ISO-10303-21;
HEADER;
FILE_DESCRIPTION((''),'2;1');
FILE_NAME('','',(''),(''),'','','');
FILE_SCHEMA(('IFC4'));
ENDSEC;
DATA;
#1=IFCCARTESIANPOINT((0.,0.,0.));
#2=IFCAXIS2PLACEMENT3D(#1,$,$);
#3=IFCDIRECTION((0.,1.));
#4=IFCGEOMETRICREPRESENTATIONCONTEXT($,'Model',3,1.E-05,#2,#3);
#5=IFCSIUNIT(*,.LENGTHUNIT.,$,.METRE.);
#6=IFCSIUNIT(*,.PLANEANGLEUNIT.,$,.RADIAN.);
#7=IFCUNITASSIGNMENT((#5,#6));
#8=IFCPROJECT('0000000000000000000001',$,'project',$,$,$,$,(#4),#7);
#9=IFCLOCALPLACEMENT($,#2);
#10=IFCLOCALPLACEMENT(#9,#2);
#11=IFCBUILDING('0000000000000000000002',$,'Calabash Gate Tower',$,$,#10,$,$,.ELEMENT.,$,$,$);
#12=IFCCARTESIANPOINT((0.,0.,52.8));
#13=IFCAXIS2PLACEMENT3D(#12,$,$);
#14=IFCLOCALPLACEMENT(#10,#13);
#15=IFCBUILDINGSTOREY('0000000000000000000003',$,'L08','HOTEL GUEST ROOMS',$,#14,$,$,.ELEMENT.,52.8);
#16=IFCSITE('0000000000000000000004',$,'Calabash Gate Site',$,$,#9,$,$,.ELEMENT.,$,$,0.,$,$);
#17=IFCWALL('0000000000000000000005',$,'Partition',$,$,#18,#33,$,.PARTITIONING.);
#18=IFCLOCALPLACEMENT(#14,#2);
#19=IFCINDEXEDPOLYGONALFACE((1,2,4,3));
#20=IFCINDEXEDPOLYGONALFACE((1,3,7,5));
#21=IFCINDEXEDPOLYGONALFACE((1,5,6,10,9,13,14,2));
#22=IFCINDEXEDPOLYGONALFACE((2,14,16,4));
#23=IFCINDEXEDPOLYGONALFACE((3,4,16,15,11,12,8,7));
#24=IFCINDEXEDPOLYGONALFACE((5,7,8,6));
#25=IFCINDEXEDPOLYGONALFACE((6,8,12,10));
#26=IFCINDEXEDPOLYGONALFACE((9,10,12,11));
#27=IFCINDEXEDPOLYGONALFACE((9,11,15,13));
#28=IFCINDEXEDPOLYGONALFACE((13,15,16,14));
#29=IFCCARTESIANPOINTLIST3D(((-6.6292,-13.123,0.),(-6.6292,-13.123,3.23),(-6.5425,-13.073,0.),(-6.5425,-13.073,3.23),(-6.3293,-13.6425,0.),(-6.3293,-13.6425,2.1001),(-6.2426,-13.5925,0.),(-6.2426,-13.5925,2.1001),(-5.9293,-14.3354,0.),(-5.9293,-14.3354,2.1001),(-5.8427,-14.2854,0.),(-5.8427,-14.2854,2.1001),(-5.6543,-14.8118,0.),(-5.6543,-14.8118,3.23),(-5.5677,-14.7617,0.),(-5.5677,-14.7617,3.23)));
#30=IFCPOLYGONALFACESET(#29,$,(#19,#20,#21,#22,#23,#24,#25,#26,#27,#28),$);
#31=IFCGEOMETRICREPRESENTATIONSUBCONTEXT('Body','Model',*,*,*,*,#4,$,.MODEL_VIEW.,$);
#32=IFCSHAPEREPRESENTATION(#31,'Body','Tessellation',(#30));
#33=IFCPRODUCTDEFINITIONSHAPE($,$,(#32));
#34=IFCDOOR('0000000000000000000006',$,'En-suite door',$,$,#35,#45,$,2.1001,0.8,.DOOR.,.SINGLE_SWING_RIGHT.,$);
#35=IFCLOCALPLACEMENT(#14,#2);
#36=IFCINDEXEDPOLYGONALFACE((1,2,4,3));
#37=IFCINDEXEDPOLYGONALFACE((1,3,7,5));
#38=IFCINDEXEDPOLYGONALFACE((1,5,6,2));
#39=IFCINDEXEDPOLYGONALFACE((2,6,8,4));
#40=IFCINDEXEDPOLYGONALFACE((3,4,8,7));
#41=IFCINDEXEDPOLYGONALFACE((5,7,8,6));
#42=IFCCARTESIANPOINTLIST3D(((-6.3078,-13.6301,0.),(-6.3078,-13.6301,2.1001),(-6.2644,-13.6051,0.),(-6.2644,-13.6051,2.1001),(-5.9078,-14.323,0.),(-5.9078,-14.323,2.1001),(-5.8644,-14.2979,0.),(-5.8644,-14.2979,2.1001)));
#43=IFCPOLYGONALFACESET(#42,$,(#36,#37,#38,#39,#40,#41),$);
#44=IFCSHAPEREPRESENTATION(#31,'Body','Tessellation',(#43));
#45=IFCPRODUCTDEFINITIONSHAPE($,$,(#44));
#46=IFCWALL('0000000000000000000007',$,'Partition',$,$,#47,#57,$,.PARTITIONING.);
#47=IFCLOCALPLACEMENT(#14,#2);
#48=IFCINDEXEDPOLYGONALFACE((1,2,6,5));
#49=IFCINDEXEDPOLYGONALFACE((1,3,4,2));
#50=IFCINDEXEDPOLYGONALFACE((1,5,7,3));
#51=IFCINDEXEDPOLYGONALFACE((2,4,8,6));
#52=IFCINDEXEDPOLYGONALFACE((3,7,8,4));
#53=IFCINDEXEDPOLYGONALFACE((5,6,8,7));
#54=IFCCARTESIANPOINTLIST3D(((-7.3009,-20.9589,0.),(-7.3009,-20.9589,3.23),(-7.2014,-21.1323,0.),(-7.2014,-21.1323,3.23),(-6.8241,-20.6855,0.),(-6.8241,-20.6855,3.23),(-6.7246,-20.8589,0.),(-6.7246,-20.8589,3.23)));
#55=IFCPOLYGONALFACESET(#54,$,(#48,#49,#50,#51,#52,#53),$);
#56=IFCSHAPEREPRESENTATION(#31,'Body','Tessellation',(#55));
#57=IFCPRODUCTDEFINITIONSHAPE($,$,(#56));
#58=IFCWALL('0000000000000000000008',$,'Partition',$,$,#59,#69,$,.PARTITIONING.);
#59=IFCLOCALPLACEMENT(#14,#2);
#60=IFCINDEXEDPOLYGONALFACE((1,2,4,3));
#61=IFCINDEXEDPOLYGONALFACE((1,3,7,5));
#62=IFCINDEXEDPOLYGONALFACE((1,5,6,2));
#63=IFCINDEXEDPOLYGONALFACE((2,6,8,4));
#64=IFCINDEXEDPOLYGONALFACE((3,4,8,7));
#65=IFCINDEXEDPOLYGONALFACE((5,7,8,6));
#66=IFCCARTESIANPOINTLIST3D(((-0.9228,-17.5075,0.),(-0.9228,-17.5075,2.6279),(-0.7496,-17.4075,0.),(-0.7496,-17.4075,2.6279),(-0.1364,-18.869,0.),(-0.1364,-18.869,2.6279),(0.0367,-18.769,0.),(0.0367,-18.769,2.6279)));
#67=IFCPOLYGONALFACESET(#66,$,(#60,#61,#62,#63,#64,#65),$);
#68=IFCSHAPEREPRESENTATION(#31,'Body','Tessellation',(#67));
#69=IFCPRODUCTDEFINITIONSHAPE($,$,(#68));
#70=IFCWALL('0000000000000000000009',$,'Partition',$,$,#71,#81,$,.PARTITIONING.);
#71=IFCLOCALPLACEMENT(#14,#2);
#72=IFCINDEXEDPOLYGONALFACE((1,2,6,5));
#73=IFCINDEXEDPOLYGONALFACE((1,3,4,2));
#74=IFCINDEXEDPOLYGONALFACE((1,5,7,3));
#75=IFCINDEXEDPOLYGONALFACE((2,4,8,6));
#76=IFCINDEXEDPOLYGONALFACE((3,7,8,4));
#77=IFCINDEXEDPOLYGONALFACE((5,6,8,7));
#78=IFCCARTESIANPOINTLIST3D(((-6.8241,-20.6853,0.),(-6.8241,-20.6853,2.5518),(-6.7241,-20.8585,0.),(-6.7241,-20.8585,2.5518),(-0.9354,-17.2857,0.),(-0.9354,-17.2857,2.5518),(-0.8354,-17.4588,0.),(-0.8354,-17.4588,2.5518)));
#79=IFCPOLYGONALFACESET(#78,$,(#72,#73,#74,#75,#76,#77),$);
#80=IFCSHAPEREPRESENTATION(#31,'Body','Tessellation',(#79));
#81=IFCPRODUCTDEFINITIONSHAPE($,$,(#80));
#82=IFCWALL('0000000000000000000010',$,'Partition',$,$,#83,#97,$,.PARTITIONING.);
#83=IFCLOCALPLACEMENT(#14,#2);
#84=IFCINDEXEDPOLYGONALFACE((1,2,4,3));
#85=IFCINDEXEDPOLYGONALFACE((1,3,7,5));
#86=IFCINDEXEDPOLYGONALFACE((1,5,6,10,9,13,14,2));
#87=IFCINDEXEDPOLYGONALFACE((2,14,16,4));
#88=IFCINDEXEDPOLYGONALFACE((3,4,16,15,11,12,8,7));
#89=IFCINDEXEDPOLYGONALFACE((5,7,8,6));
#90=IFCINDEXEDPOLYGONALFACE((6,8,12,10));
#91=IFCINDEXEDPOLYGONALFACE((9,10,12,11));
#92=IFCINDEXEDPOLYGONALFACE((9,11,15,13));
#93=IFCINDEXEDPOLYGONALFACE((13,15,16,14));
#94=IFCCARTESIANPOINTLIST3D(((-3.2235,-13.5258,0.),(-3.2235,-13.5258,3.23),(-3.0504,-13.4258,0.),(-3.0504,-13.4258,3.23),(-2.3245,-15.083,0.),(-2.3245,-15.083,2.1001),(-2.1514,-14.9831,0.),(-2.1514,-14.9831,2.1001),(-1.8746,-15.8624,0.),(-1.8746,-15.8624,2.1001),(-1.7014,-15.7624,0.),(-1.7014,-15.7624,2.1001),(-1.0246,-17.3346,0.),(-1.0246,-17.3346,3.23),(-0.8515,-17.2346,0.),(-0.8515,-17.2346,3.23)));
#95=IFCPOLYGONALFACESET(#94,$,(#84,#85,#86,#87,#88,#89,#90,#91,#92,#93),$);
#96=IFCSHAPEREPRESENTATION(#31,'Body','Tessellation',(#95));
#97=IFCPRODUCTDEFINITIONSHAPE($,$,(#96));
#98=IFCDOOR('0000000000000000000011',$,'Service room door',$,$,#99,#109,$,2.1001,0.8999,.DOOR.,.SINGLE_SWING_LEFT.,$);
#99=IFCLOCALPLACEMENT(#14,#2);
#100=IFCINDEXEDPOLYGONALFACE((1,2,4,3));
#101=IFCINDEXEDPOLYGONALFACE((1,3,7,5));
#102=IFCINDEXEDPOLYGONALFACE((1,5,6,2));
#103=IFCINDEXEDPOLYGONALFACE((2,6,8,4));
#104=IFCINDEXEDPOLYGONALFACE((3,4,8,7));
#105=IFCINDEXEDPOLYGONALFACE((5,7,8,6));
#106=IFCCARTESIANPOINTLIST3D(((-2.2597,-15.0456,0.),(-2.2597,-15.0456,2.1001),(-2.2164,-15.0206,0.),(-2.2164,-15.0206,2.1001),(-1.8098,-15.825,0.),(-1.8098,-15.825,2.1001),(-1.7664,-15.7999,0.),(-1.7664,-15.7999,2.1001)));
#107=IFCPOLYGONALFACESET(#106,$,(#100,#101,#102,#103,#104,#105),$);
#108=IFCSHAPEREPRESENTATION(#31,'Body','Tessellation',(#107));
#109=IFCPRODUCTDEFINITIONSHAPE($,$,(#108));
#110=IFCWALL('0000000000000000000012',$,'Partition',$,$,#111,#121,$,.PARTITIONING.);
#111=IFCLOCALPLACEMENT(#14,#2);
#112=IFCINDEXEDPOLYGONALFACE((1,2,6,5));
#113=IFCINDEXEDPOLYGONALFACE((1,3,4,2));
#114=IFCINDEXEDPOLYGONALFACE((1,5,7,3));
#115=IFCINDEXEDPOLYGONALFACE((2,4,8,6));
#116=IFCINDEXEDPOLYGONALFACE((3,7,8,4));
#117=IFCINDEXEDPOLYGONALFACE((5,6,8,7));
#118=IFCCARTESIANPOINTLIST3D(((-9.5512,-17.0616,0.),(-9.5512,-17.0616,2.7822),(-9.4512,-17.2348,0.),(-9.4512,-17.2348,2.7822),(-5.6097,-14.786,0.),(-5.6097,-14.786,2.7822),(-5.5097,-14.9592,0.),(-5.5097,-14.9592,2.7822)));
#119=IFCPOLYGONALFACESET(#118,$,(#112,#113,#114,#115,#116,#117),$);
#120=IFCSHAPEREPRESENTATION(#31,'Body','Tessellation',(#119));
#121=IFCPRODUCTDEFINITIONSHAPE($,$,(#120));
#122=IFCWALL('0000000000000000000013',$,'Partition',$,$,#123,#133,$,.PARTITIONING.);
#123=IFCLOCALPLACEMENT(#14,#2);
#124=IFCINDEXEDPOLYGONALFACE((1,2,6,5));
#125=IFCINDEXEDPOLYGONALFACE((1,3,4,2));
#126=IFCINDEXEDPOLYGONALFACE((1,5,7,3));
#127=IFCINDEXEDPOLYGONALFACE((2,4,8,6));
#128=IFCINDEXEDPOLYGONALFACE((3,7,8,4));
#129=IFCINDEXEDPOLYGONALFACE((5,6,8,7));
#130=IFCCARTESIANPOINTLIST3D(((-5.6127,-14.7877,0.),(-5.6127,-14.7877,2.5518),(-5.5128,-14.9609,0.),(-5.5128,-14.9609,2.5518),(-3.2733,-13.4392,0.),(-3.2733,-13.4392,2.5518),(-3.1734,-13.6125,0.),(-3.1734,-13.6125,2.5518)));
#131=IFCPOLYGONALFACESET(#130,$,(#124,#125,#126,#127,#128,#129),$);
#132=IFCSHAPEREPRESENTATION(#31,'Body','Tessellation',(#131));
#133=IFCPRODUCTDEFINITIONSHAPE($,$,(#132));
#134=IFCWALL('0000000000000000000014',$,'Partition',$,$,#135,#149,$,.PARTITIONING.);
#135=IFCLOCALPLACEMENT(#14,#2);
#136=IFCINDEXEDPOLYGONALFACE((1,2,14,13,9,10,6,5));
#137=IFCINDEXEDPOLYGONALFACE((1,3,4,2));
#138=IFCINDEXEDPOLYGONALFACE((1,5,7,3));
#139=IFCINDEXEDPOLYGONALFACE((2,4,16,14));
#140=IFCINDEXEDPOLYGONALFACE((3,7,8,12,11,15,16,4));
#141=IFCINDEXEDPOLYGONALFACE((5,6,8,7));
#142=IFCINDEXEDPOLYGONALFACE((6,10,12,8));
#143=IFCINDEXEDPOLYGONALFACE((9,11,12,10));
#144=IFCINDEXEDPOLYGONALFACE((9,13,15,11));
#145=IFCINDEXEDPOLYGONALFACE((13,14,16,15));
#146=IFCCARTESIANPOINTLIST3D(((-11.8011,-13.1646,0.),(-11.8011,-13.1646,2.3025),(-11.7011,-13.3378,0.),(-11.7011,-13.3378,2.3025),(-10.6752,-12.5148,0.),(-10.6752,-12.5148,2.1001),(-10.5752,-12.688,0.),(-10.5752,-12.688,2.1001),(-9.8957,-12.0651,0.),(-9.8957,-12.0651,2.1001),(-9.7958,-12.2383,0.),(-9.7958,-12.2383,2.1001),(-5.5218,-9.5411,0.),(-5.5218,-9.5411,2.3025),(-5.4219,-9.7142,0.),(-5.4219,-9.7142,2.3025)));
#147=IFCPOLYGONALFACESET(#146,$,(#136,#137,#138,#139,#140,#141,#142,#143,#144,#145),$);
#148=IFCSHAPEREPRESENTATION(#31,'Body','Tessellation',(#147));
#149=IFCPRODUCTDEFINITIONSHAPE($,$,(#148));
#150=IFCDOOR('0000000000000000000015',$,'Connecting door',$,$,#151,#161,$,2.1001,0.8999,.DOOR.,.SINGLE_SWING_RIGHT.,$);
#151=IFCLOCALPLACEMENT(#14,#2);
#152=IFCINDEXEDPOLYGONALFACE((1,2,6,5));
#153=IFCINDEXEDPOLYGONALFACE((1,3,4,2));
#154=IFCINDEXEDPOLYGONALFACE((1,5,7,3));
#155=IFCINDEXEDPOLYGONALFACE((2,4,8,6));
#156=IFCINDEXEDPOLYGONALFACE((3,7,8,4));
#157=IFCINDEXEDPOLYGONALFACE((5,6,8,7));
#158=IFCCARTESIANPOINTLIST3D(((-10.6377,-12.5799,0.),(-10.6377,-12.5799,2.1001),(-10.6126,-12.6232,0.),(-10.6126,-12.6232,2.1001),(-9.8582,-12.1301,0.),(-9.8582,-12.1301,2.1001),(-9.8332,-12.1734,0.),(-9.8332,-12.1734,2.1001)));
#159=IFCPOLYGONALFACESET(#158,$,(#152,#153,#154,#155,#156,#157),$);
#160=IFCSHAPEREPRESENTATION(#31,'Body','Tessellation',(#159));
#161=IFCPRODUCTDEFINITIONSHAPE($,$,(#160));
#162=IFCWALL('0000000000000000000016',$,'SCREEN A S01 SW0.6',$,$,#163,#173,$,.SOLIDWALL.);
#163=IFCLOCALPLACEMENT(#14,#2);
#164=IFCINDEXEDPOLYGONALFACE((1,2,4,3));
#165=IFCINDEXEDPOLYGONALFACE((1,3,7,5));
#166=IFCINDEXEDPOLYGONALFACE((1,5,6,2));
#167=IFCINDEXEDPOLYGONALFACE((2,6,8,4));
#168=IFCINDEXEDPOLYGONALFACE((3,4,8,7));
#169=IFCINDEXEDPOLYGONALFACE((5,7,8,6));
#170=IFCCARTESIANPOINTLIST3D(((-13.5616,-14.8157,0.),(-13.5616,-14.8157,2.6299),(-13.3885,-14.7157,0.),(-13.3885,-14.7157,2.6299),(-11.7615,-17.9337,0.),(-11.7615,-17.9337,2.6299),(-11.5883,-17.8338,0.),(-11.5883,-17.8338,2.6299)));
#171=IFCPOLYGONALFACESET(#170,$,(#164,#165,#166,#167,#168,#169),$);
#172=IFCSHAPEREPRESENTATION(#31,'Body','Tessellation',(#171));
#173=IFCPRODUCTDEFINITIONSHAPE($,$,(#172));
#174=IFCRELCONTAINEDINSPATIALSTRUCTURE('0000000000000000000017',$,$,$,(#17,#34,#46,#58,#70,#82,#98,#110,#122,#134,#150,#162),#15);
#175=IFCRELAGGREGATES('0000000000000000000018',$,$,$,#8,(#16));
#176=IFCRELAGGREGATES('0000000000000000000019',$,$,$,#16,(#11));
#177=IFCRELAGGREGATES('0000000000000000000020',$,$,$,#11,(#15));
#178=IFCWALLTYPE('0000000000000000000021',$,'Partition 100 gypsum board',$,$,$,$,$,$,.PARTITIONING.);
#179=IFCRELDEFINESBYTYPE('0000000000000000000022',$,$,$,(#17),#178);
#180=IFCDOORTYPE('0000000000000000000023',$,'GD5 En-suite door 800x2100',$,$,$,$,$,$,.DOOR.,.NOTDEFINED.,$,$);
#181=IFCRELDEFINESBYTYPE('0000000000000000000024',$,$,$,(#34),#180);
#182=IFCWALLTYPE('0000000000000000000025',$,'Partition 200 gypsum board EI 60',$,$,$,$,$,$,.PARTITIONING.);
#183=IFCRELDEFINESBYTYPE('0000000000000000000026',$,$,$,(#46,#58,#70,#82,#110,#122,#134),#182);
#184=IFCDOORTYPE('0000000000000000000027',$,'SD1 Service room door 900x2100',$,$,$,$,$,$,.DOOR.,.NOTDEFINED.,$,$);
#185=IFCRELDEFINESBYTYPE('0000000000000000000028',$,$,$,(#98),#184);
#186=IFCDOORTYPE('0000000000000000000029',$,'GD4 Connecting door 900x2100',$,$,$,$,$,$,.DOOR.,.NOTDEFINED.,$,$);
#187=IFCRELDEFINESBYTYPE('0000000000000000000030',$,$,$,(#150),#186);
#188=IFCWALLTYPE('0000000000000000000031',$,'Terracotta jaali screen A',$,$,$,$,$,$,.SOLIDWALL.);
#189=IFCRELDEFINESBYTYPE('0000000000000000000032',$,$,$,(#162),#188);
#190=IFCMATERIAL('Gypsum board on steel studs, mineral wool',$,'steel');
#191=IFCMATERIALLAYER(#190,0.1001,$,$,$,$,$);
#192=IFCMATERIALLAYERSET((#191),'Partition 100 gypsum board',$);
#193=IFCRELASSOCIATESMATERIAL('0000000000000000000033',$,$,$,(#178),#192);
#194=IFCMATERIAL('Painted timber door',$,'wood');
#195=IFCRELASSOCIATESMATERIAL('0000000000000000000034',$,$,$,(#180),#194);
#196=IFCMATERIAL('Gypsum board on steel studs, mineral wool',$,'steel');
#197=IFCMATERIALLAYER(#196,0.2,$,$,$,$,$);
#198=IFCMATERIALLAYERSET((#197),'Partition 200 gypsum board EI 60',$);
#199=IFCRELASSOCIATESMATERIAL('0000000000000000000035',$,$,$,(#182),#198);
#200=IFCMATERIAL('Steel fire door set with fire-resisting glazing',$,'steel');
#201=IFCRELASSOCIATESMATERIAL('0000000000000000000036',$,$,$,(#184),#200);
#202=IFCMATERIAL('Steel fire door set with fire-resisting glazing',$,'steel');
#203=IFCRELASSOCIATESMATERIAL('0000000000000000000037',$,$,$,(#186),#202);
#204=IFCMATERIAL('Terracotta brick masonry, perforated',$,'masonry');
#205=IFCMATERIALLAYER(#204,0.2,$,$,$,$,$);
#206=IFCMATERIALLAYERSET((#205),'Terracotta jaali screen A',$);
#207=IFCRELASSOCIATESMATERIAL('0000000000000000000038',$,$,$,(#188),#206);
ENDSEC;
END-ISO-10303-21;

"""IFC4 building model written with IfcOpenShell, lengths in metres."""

from ifc_helpers import new_model, si_unit, direction, frame, frame_2d, origin, place, context, subcontext, project, spatial, rectangle, extrude, material, layer, layer_set, type_object, element, fill, save


model = new_model("IFC4")

# Units and contexts
model_context = context("Model", 3, precision=1e-05, world=origin(), true_north=direction((0.0, 1.0)))
body_context = subcontext(model_context, "Body", "Model", "MODEL_VIEW")
ifc_project = project(units=[si_unit("LENGTHUNIT", "METRE"), si_unit("PLANEANGLEUNIT", "RADIAN")], contexts=[model_context])

# Site, building, storey
site_placement = place(None, origin())
site = spatial("IfcSite", under=ifc_project, at=site_placement, Name="Calabash Gate Site", CompositionType="ELEMENT", RefElevation=0.0)
building_placement = place(site_placement, origin())
building = spatial("IfcBuilding", under=site, at=building_placement, Name="Calabash Gate Tower", CompositionType="ELEMENT")
storey_placement = place(building_placement, frame((0.0, 0.0, 52.8)))
storey = spatial("IfcBuildingStorey", under=building, at=storey_placement, Name="L08", Description="HOTEL GUEST ROOMS", CompositionType="ELEMENT", Elevation=52.8)

# Shared definitions
ifc_material_1 = material(Name="Gypsum board on steel studs, mineral wool", Category="steel")
ifc_layer_1 = layer(ifc_material_1, 0.1001)
ifc_layer_set_1 = layer_set([ifc_layer_1], Name="Partition 100 gypsum board")
wall_type_1 = type_object("IfcWallType", Name="Partition 100 gypsum board", PredefinedType="PARTITIONING", material=ifc_layer_set_1)

# Wall, opening, door
wall_1_placement = place(storey_placement, frame((-6.5859, -13.0979, 0.0), z_axis=(0.0, 0.0, 1.0), x_axis=(0.49995, -0.866054, 0.0)))
wall_1 = element("IfcWall", 1, at=wall_1_placement, inside=storey, type_object=wall_type_1, Name="Partition", PredefinedType="PARTITIONING", context=body_context, shape_type="SweptSolid", body=[
    extrude(rectangle(XDim=1.95, YDim=0.1001, at=frame_2d((0.9751, 0.0))), origin(), (0.0, 0.0, 1.0), 3.23),
])
opening_1_placement = place(wall_1_placement, frame((0.6001, 0.0, 0.0)))
opening_1 = element("IfcOpeningElement", 2, at=opening_1_placement, cuts=wall_1, PredefinedType="OPENING", context=body_context, shape_type="SweptSolid", body=[
    extrude(rectangle(XDim=0.8, YDim=2.1001, at=frame_2d((0.3999, 1.05))), frame((0.0, 0.0601, 0.0), z_axis=(0.0, -1.0, 0.0), x_axis=(1.0, 0.0, 0.0)), (0.0, 0.0, 1.0), 0.1201),
])
ifc_material_2 = material(Name="Painted timber door", Category="wood")
door_type_1 = type_object("IfcDoorType", Name="GD5 En-suite door 800x2100", OperationType="NOTDEFINED", PredefinedType="DOOR", material=ifc_material_2)
door_1_placement = place(opening_1_placement, origin())
door_1 = element("IfcDoor", 3, at=door_1_placement, inside=storey, type_object=door_type_1, Name="En-suite door", OperationType="SINGLE_SWING_RIGHT", OverallHeight=2.1001, OverallWidth=0.8, PredefinedType="DOOR", context=body_context, shape_type="SweptSolid", body=[
    extrude(rectangle(XDim=0.8, YDim=2.1001, at=frame_2d((0.3999, 1.05))), frame((0.0, 0.0249, 0.0), z_axis=(0.0, -1.0, 0.0), x_axis=(1.0, 0.0, 0.0)), (0.0, 0.0, 1.0), 0.05),
])
fill(opening_1, door_1)

# Walls
ifc_material_3 = material(Name="Gypsum board on steel studs, mineral wool", Category="steel")
ifc_layer_2 = layer(ifc_material_3, 0.2)
ifc_layer_set_2 = layer_set([ifc_layer_2], Name="Partition 200 gypsum board EI 60")
wall_type_2 = type_object("IfcWallType", Name="Partition 200 gypsum board EI 60", PredefinedType="PARTITIONING", material=ifc_layer_set_2)
wall_2_placement = place(storey_placement, frame((-7.2512, -21.0457, 0.0), z_axis=(0.0, 0.0, 1.0), x_axis=(0.867477, 0.497478, 0.0)))
element("IfcWall", 4, at=wall_2_placement, inside=storey, type_object=wall_type_2, Name="Partition", PredefinedType="PARTITIONING", context=body_context, shape_type="SweptSolid", body=[
    extrude(rectangle(XDim=0.5496, YDim=0.2, at=frame_2d((0.2749, 0.0))), origin(), (0.0, 0.0, 1.0), 3.23),
])
wall_3_placement = place(storey_placement, frame((-0.8362, -17.4575, 0.0), z_axis=(0.0, 0.0, 1.0), x_axis=(0.50013, -0.86595, 0.0)))
element("IfcWall", 5, at=wall_3_placement, inside=storey, type_object=wall_type_2, Name="Partition", PredefinedType="PARTITIONING", context=body_context, shape_type="SweptSolid", body=[
    extrude(rectangle(XDim=1.5723, YDim=0.2, at=frame_2d((0.7861, 0.0))), origin(), (0.0, 0.0, 1.0), 2.6279),
])
wall_4_placement = place(storey_placement, frame((-6.7742, -20.772, 0.0), z_axis=(0.0, 0.0, 1.0), x_axis=(0.866036, 0.499981, 0.0)))
element("IfcWall", 6, at=wall_4_placement, inside=storey, type_object=wall_type_2, Name="Partition", PredefinedType="PARTITIONING", context=body_context, shape_type="SweptSolid", body=[
    extrude(rectangle(XDim=6.7996, YDim=0.2, at=frame_2d((3.3999, 0.0))), origin(), (0.0, 0.0, 1.0), 2.5518),
])

# Wall, opening, door
wall_5_placement = place(storey_placement, frame((-3.137, -13.4758, 0.0), z_axis=(0.0, 0.0, 1.0), x_axis=(0.49999, -0.866031, 0.0)))
wall_5 = element("IfcWall", 7, at=wall_5_placement, inside=storey, type_object=wall_type_2, Name="Partition", PredefinedType="PARTITIONING", context=body_context, shape_type="SweptSolid", body=[
    extrude(rectangle(XDim=4.3979, YDim=0.2, at=frame_2d((2.199, 0.0))), origin(), (0.0, 0.0, 1.0), 3.23),
])
opening_2_placement = place(wall_5_placement, frame((1.7981, 0.0, 0.0)))
opening_2 = element("IfcOpeningElement", 8, at=opening_2_placement, cuts=wall_5, PredefinedType="OPENING", context=body_context, shape_type="SweptSolid", body=[
    extrude(rectangle(XDim=0.8999, YDim=2.1001, at=frame_2d((0.45, 1.05))), frame((0.0, 0.1099, 0.0), z_axis=(0.0, -1.0, 0.0), x_axis=(1.0, 0.0, 0.0)), (0.0, 0.0, 1.0), 0.22),
])
ifc_material_4 = material(Name="Steel fire door set with fire-resisting glazing", Category="steel")
door_type_2 = type_object("IfcDoorType", Name="SD1 Service room door 900x2100", OperationType="NOTDEFINED", PredefinedType="DOOR", material=ifc_material_4)
door_2_placement = place(opening_2_placement, origin())
door_2 = element("IfcDoor", 9, at=door_2_placement, inside=storey, type_object=door_type_2, Name="Service room door", OperationType="SINGLE_SWING_LEFT", OverallHeight=2.1001, OverallWidth=0.8999, PredefinedType="DOOR", context=body_context, shape_type="SweptSolid", body=[
    extrude(rectangle(XDim=0.8999, YDim=2.1001, at=frame_2d((0.45, 1.05))), frame((0.0, 0.0249, 0.0), z_axis=(0.0, -1.0, 0.0), x_axis=(1.0, 0.0, 0.0)), (0.0, 0.0, 1.0), 0.05),
])
fill(opening_2, door_2)

# Walls
wall_6_placement = place(storey_placement, frame((-9.5012, -17.1482, 0.0), z_axis=(0.0, 0.0, 1.0), x_axis=(0.866033, 0.499987, 0.0)))
element("IfcWall", 10, at=wall_6_placement, inside=storey, type_object=wall_type_2, Name="Partition", PredefinedType="PARTITIONING", context=body_context, shape_type="SweptSolid", body=[
    extrude(rectangle(XDim=4.5513, YDim=0.2, at=frame_2d((2.2756, 0.0))), origin(), (0.0, 0.0, 1.0), 2.7822),
])
wall_7_placement = place(storey_placement, frame((-5.5627, -14.8743, 0.0), z_axis=(0.0, 0.0, 1.0), x_axis=(0.866384, 0.499378, 0.0)))
element("IfcWall", 11, at=wall_7_placement, inside=storey, type_object=wall_type_2, Name="Partition", PredefinedType="PARTITIONING", context=body_context, shape_type="SweptSolid", body=[
    extrude(rectangle(XDim=2.7002, YDim=0.2, at=frame_2d((1.3501, 0.0))), origin(), (0.0, 0.0, 1.0), 2.5518),
])

# Wall, opening, door
wall_8_placement = place(storey_placement, frame((-11.7512, -13.2512, 0.0), z_axis=(0.0, 0.0, 1.0), x_axis=(0.866134, 0.499812, 0.0)))
wall_8 = element("IfcWall", 12, at=wall_8_placement, inside=storey, type_object=wall_type_2, Name="Partition", PredefinedType="PARTITIONING", context=body_context, shape_type="SweptSolid", body=[
    extrude(rectangle(XDim=7.2498, YDim=0.2, at=frame_2d((3.625, 0.0))), origin(), (0.0, 0.0, 1.0), 2.3025),
])
opening_3_placement = place(wall_8_placement, frame((1.3, 0.0, 0.0)))
opening_3 = element("IfcOpeningElement", 13, at=opening_3_placement, cuts=wall_8, PredefinedType="OPENING", context=body_context, shape_type="SweptSolid", body=[
    extrude(rectangle(XDim=0.8999, YDim=2.1001, at=frame_2d((0.45, 1.05))), frame((0.0, 0.1099, 0.0), z_axis=(0.0, -1.0, 0.0), x_axis=(1.0, 0.0, 0.0)), (0.0, 0.0, 1.0), 0.22),
])
ifc_material_5 = material(Name="Steel fire door set with fire-resisting glazing", Category="steel")
door_type_3 = type_object("IfcDoorType", Name="GD4 Connecting door 900x2100", OperationType="NOTDEFINED", PredefinedType="DOOR", material=ifc_material_5)
door_3_placement = place(opening_3_placement, origin())
door_3 = element("IfcDoor", 14, at=door_3_placement, inside=storey, type_object=door_type_3, Name="Connecting door", OperationType="SINGLE_SWING_RIGHT", OverallHeight=2.1001, OverallWidth=0.8999, PredefinedType="DOOR", context=body_context, shape_type="SweptSolid", body=[
    extrude(rectangle(XDim=0.8999, YDim=2.1001, at=frame_2d((0.45, 1.05))), frame((0.0, 0.0249, 0.0), z_axis=(0.0, -1.0, 0.0), x_axis=(1.0, 0.0, 0.0)), (0.0, 0.0, 1.0), 0.05),
])
fill(opening_3, door_3)

# Wall
ifc_material_6 = material(Name="Terracotta brick masonry, perforated", Category="masonry")
ifc_layer_3 = layer(ifc_material_6, 0.2)
ifc_layer_set_3 = layer_set([ifc_layer_3], Name="Terracotta jaali screen A")
wall_type_3 = type_object("IfcWallType", Name="Terracotta jaali screen A", PredefinedType="SOLIDWALL", material=ifc_layer_set_3)
wall_9_placement = place(storey_placement, frame((-13.4751, -14.7656, 0.0), z_axis=(0.0, 0.0, 1.0), x_axis=(0.499983, -0.866035, 0.0)))
element("IfcWall", 15, at=wall_9_placement, inside=storey, type_object=wall_type_3, Name="SCREEN A S01 SW0.6", PredefinedType="SOLIDWALL", context=body_context, shape_type="SweptSolid", body=[
    extrude(rectangle(XDim=3.6003, YDim=0.2, at=frame_2d((1.8003, 0.0))), origin(), (0.0, 0.0, 1.0), 2.6299),
])

save(model, "model.ifc")
